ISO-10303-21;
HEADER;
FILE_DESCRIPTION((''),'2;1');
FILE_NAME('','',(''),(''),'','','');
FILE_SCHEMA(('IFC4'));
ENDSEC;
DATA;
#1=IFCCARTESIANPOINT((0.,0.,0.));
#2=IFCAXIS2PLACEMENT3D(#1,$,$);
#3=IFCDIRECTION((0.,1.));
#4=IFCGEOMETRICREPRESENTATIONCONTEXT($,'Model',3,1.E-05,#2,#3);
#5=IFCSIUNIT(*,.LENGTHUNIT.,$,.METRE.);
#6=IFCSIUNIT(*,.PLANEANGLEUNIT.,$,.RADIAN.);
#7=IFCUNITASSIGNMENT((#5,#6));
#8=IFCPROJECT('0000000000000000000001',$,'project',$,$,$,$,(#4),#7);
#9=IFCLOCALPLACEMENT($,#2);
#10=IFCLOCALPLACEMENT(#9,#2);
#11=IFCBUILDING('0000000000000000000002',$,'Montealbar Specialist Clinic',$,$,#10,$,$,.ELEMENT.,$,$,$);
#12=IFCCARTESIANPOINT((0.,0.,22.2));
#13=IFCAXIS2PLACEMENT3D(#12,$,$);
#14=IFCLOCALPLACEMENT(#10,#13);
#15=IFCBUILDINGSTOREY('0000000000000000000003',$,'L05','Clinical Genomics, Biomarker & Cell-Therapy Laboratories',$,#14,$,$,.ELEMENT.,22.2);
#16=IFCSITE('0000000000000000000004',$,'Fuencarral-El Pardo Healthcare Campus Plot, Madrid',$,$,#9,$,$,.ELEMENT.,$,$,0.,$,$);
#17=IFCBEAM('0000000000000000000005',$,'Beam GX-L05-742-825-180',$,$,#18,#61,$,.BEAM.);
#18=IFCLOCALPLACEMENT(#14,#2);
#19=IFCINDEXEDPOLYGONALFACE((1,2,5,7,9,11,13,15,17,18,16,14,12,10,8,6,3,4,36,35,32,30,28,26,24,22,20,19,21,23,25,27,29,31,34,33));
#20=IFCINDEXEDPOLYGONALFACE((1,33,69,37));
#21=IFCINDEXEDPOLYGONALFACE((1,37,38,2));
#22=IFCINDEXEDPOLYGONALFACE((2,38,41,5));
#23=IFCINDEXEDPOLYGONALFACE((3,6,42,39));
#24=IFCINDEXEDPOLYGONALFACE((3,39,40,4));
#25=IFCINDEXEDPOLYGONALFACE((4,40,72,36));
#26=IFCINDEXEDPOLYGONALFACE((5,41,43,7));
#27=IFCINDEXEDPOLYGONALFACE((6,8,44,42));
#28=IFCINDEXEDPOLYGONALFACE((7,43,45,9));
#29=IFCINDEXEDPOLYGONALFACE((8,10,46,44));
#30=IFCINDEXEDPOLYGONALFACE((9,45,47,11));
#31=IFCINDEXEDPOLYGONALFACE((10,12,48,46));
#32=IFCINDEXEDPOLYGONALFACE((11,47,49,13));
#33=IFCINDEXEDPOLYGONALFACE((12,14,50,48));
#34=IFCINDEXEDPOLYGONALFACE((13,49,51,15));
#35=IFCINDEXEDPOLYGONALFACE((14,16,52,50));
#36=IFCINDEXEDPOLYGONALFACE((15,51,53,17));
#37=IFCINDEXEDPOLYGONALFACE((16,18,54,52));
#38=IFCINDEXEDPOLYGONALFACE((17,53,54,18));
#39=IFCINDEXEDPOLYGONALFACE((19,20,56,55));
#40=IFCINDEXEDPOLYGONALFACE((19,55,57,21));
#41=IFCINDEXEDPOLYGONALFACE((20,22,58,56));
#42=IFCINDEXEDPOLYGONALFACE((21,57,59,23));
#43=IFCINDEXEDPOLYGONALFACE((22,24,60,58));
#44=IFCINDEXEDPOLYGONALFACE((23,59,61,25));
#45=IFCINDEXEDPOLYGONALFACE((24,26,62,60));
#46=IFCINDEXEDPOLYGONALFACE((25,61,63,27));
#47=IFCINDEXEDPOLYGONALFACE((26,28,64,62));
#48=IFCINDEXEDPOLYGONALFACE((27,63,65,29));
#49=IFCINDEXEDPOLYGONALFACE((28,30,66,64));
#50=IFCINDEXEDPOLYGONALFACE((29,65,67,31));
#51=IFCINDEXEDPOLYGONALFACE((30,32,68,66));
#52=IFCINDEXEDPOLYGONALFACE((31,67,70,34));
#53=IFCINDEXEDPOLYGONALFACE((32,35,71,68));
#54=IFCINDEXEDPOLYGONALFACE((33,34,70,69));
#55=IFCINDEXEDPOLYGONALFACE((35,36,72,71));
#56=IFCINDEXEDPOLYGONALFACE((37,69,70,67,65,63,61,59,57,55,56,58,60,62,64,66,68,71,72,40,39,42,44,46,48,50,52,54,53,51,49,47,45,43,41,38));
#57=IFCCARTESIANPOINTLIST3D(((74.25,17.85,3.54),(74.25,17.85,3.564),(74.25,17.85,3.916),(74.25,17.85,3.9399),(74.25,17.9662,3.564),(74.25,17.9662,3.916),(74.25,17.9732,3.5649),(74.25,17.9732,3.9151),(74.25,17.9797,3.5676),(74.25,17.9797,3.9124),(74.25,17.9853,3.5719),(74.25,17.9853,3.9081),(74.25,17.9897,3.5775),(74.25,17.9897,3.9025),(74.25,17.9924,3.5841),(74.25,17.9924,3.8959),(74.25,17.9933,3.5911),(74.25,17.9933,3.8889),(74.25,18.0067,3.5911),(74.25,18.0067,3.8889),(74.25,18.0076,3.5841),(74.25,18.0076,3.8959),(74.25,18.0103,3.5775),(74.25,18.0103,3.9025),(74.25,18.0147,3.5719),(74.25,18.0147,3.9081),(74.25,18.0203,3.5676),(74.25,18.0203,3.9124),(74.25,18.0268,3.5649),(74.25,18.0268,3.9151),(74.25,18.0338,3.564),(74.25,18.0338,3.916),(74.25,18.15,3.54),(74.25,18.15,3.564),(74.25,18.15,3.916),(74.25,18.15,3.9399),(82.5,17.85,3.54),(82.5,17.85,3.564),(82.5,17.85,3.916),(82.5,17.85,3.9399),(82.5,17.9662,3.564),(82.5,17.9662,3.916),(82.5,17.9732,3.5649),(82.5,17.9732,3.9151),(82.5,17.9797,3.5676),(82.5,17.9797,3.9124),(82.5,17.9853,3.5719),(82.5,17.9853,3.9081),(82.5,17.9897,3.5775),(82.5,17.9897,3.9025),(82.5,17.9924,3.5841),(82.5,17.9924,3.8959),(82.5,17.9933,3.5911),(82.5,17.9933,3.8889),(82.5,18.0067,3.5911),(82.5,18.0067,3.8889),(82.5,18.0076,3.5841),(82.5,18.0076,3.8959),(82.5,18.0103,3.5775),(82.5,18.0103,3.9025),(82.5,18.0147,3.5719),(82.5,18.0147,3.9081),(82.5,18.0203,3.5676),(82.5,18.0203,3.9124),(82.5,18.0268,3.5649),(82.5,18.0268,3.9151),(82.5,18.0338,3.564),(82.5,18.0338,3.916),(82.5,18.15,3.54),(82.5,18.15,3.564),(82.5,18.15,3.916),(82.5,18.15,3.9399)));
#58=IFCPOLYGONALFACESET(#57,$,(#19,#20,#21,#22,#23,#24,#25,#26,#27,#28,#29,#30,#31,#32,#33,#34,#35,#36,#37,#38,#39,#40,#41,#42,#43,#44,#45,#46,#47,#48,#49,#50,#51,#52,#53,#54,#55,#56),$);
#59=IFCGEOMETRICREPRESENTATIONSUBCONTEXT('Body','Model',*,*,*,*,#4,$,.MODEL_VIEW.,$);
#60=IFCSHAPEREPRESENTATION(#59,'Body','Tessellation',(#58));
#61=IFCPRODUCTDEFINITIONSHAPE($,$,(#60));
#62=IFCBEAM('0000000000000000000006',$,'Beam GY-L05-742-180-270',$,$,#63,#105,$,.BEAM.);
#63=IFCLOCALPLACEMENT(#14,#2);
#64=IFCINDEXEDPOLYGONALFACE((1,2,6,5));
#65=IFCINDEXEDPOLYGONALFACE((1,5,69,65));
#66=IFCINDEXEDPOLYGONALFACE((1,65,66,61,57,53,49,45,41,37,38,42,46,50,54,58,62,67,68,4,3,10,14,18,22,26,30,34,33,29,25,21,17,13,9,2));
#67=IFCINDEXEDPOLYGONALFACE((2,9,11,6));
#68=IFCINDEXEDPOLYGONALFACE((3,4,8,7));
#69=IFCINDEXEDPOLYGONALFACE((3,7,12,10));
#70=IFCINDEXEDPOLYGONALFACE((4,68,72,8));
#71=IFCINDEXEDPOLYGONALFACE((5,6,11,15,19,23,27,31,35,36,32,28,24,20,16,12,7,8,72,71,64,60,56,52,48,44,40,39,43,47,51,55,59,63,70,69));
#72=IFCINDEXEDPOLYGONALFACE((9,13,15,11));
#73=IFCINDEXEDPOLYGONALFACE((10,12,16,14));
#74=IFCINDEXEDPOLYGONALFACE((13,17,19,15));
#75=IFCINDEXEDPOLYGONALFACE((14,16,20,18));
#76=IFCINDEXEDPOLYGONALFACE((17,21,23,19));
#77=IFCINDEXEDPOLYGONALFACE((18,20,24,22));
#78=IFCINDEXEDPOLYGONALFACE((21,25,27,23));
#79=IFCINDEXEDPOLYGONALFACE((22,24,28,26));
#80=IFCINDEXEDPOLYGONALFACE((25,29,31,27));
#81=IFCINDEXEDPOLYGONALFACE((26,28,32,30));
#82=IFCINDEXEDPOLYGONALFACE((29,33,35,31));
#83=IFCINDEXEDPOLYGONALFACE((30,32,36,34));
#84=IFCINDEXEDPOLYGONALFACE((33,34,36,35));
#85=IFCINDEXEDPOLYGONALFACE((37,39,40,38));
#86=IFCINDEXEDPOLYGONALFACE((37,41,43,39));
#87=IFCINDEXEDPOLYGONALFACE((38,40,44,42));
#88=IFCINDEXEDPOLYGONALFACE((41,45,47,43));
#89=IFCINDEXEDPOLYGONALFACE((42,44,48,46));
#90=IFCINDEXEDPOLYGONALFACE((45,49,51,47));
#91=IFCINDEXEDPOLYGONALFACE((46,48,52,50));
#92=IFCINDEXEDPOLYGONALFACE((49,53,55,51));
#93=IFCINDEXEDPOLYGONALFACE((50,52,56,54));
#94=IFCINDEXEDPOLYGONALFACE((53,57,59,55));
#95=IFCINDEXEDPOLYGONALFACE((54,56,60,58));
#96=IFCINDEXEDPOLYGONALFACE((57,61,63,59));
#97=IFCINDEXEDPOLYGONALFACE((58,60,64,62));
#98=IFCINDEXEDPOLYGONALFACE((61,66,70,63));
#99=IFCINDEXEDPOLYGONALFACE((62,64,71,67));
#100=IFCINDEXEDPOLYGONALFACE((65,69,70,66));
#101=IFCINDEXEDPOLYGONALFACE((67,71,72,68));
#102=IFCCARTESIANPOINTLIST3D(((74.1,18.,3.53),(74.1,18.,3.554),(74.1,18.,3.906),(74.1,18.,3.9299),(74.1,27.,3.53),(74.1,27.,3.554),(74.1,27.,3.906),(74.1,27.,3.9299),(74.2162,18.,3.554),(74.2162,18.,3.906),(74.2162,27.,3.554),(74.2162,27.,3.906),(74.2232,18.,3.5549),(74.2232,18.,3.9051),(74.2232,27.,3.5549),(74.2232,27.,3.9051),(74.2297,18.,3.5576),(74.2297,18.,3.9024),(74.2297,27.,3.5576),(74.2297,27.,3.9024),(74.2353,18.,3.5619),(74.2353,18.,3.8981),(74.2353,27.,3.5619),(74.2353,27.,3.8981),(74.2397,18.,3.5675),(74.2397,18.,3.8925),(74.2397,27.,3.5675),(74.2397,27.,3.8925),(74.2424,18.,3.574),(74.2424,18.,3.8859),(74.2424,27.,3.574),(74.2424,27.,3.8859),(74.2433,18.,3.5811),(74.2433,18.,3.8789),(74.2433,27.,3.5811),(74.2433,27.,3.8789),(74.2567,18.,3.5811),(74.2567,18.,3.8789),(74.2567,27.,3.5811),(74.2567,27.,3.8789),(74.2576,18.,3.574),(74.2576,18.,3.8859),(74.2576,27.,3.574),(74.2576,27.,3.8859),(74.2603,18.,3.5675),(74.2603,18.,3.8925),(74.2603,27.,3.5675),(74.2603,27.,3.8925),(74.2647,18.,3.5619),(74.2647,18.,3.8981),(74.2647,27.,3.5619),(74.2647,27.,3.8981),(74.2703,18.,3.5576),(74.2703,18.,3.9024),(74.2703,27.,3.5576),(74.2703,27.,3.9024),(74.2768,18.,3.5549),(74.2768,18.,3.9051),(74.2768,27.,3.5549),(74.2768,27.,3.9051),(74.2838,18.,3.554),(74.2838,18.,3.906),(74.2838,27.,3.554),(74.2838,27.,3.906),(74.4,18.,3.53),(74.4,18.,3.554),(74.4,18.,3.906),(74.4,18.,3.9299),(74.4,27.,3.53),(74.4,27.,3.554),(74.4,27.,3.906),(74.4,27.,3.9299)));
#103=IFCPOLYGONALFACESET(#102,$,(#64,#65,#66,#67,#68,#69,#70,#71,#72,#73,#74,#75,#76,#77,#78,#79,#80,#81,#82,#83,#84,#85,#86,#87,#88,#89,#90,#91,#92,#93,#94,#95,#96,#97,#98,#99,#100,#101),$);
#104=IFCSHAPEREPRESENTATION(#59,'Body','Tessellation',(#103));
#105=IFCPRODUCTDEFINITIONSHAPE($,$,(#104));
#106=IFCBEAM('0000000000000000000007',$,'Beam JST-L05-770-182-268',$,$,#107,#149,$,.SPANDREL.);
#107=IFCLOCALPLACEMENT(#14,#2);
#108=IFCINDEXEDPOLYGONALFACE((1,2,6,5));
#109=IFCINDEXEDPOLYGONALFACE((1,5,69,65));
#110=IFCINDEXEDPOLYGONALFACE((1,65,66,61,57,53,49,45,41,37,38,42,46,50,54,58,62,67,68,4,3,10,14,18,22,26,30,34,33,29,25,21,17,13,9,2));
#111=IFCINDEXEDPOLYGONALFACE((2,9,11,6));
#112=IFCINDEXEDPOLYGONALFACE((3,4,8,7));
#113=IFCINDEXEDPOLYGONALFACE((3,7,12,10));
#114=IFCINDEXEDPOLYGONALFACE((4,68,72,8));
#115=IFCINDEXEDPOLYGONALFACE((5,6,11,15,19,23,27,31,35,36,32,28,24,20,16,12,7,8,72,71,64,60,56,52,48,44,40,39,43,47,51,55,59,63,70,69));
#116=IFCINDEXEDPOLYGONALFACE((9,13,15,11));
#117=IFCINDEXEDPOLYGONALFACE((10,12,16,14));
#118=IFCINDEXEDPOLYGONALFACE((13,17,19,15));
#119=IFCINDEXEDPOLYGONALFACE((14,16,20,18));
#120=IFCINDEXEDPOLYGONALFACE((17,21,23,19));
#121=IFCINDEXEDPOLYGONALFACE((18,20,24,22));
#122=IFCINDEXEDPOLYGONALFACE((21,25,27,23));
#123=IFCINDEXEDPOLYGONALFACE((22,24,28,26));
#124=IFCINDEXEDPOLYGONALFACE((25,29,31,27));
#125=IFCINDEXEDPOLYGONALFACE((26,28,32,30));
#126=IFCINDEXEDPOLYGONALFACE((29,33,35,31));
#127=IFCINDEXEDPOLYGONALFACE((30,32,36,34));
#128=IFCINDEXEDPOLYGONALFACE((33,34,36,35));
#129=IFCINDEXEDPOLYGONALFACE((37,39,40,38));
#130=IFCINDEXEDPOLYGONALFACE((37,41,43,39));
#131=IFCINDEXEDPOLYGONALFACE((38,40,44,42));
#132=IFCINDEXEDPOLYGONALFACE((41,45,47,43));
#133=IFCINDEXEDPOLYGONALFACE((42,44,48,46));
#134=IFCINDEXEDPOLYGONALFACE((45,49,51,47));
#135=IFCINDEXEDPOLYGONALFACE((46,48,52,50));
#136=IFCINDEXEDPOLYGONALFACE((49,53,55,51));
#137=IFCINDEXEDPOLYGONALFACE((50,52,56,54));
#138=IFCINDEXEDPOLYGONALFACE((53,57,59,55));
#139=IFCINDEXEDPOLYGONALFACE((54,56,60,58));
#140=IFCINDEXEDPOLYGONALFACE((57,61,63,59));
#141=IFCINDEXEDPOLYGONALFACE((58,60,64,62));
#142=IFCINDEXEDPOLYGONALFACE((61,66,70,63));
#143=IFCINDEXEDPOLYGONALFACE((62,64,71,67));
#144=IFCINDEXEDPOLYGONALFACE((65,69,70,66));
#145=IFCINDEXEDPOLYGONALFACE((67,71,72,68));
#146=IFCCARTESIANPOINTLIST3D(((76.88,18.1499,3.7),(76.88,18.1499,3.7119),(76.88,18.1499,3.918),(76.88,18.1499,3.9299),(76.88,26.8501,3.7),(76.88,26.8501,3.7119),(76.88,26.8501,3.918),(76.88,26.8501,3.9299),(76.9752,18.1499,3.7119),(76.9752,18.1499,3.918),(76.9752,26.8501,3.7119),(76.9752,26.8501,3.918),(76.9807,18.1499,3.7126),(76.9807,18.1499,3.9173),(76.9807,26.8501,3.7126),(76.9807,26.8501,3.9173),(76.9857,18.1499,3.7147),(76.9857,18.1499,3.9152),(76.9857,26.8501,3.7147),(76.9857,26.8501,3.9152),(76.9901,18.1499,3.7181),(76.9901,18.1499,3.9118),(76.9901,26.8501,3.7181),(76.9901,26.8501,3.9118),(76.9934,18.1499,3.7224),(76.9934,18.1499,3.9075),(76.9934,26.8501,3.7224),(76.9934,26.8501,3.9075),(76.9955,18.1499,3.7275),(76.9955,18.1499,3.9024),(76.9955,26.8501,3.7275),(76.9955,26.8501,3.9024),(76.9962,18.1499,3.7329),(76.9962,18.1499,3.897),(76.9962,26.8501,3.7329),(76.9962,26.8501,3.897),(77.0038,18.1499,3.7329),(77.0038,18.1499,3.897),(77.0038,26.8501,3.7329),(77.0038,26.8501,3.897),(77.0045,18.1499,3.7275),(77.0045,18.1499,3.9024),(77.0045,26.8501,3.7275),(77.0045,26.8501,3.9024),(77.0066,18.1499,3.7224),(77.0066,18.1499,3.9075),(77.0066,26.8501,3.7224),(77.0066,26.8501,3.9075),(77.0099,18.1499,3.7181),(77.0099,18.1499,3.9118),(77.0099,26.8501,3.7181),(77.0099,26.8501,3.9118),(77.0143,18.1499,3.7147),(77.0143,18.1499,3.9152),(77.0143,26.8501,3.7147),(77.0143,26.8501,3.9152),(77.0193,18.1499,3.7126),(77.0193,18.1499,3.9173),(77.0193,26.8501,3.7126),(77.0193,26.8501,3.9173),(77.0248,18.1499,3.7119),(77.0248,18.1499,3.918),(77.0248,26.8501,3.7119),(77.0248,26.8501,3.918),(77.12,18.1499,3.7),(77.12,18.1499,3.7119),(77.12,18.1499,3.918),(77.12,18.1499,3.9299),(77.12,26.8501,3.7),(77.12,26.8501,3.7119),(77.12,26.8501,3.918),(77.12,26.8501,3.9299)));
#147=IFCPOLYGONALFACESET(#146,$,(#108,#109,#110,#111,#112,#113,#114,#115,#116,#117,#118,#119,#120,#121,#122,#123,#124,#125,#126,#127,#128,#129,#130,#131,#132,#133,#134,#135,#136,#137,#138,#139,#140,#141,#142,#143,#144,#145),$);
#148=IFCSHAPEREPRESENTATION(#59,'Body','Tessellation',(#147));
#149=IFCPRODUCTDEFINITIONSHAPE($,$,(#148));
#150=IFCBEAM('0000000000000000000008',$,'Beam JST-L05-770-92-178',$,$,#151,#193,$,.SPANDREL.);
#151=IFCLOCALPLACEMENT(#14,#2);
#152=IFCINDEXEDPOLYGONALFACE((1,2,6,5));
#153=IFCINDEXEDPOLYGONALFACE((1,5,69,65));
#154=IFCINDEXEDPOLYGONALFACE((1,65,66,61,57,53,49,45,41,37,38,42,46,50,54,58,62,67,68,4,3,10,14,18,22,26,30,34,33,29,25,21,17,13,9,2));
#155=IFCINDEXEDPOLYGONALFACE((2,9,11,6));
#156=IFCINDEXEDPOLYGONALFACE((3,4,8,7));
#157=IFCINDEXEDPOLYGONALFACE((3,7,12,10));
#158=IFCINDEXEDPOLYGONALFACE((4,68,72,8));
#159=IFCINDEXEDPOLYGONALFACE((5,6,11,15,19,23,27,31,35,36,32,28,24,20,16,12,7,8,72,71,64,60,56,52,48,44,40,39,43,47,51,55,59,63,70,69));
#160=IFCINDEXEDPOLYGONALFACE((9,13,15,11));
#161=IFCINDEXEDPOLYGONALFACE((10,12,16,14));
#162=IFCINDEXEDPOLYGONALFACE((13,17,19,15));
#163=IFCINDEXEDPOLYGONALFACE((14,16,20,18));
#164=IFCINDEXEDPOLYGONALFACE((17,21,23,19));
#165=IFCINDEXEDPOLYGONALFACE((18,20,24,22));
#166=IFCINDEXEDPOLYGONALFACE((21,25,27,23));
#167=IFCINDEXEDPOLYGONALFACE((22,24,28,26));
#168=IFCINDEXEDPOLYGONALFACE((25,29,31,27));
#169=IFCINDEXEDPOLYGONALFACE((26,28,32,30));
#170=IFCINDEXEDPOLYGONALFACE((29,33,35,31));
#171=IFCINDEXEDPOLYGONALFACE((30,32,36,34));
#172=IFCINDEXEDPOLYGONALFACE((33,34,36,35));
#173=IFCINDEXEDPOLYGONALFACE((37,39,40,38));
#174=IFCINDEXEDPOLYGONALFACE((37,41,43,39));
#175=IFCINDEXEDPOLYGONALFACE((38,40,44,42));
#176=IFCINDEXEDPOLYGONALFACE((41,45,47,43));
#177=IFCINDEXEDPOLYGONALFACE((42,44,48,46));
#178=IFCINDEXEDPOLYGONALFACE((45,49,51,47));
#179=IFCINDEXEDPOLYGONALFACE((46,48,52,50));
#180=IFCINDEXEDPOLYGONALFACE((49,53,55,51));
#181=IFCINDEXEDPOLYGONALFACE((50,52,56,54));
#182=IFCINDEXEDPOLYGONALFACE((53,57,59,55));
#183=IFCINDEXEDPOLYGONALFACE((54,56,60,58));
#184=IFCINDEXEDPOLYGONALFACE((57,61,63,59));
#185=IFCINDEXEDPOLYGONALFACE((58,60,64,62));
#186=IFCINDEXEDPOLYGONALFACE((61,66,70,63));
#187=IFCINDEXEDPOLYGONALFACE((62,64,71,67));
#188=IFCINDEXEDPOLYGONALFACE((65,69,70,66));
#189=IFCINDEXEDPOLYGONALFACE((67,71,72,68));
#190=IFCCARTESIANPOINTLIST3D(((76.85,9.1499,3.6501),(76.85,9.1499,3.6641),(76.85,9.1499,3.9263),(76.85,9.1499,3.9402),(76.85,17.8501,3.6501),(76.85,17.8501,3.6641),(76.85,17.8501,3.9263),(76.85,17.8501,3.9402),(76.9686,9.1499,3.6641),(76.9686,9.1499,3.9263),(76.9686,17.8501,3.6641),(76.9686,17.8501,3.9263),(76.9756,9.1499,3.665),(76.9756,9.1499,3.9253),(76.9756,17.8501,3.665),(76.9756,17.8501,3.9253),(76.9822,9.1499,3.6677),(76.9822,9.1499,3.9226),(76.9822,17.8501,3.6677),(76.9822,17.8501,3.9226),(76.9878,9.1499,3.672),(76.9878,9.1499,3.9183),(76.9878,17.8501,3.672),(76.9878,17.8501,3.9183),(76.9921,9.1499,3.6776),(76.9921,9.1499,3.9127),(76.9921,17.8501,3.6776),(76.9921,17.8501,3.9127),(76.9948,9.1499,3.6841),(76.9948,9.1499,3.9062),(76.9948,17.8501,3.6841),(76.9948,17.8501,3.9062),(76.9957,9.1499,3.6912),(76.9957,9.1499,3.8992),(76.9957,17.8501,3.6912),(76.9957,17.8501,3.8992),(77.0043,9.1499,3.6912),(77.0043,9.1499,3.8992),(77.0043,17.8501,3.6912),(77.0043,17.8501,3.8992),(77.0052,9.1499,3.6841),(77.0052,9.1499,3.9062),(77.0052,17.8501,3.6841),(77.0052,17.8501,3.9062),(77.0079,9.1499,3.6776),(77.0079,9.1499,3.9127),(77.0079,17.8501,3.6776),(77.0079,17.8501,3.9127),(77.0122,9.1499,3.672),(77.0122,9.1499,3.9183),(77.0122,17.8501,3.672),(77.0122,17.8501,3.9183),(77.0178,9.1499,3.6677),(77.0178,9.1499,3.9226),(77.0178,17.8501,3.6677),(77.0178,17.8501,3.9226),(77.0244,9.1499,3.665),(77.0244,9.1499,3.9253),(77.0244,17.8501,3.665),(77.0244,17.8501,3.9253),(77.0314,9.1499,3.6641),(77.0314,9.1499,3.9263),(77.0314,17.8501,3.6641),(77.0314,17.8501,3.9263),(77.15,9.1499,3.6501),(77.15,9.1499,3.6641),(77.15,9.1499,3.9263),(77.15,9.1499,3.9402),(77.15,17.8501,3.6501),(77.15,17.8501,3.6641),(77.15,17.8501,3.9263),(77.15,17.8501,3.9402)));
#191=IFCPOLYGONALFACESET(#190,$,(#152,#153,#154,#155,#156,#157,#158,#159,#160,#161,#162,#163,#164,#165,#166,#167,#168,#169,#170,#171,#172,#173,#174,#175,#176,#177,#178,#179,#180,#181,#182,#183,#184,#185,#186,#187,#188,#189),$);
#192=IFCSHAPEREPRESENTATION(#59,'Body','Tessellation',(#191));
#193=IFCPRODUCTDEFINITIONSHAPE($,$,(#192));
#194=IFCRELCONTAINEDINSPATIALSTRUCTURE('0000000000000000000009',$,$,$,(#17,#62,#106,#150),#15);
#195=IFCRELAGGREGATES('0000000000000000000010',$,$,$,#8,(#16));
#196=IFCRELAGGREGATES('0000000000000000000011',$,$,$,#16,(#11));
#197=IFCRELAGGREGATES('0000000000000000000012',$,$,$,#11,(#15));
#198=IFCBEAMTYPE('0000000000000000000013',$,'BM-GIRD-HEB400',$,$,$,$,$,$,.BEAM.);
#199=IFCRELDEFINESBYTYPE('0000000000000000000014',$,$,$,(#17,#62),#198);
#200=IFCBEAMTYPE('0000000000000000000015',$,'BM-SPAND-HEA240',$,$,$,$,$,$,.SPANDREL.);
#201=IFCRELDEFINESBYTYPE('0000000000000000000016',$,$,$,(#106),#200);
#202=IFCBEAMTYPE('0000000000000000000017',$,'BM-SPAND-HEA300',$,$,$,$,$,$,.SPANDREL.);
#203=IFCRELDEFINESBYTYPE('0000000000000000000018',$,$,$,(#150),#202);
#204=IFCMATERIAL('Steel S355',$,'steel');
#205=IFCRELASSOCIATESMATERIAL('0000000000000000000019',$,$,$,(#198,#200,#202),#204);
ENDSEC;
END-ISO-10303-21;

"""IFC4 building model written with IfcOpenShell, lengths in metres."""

from ifc_helpers import new_model, si_unit, direction, frame, origin, origin_2d, place, context, subcontext, project, spatial, i_section, extrude, material, material_profile, profile_set, type_object, element, save


model = new_model("IFC4")

# Units and contexts
model_context = context("Model", 3, precision=1e-05, world=origin(), true_north=direction((0.0, 1.0)))
body_context = subcontext(model_context, "Body", "Model", "MODEL_VIEW")
ifc_project = project(units=[si_unit("LENGTHUNIT", "METRE"), si_unit("PLANEANGLEUNIT", "RADIAN")], contexts=[model_context])

# Site, building, storey
site_placement = place(None, origin())
site = spatial("IfcSite", under=ifc_project, at=site_placement, Name="Fuencarral-El Pardo Healthcare Campus Plot, Madrid", CompositionType="ELEMENT", RefElevation=0.0)
building_placement = place(site_placement, origin())
building = spatial("IfcBuilding", under=site, at=building_placement, Name="Montealbar Specialist Clinic", CompositionType="ELEMENT")
storey_placement = place(building_placement, frame((0.0, 0.0, 22.2)))
storey = spatial("IfcBuildingStorey", under=building, at=storey_placement, Name="L05", Description="Clinical Genomics, Biomarker & Cell-Therapy Laboratories", CompositionType="ELEMENT", Elevation=22.2)

# Beams
ifc_material_1 = material(Name="Steel S355", Category="steel")
ifc_material_profile_1 = material_profile(ifc_material_1, i_section(OverallWidth=0.3, OverallDepth=0.3999, WebThickness=0.0134, FlangeThickness=0.0239, FilletRadius=0.0271, at=origin_2d()), Name="HEB 400", Category="steel")
ifc_profile_set_1 = profile_set([ifc_material_profile_1], Name="Steel S355")
beam_type_1 = type_object("IfcBeamType", Name="BM-GIRD-HEB400", PredefinedType="BEAM", material=ifc_profile_set_1)
beam_1_placement = place(storey_placement, frame((74.25, 18.0, 3.74), z_axis=(1.0, 0.0, 0.0), x_axis=(0.0, 1.0, 0.0)))
element("IfcBeam", 1, at=beam_1_placement, inside=storey, type_object=beam_type_1, Name="Beam GX-L05-742-825-180", PredefinedType="BEAM", context=body_context, shape_type="SweptSolid", body=[
    extrude(i_section(OverallWidth=0.3, OverallDepth=0.3999, WebThickness=0.0134, FlangeThickness=0.0239, FilletRadius=0.0271, at=origin_2d()), origin(), (0.0, 0.0, 1.0), 8.25),
])
beam_2_placement = place(storey_placement, frame((74.25, 18.0, 3.73), z_axis=(0.0, 1.0, 0.0), x_axis=(-1.0, 0.0, 0.0)))
element("IfcBeam", 2, at=beam_2_placement, inside=storey, type_object=beam_type_1, Name="Beam GY-L05-742-180-270", PredefinedType="BEAM", context=body_context, shape_type="SweptSolid", body=[
    extrude(i_section(OverallWidth=0.3, OverallDepth=0.3999, WebThickness=0.0134, FlangeThickness=0.0239, FilletRadius=0.0271, at=origin_2d()), origin(), (0.0, 0.0, 1.0), 9.0),
])
ifc_material_profile_2 = material_profile(ifc_material_1, i_section(OverallWidth=0.24, OverallDepth=0.23, WebThickness=0.0076, FlangeThickness=0.012, FilletRadius=0.021, at=origin_2d()), Name="HEA 240", Category="steel")
ifc_profile_set_2 = profile_set([ifc_material_profile_2], Name="Steel S355")
beam_type_2 = type_object("IfcBeamType", Name="BM-SPAND-HEA240", PredefinedType="SPANDREL", material=ifc_profile_set_2)
beam_3_placement = place(storey_placement, frame((77.0, 18.1499, 3.8149), z_axis=(0.0, 1.0, 0.0), x_axis=(-1.0, 0.0, 0.0)))
element("IfcBeam", 3, at=beam_3_placement, inside=storey, type_object=beam_type_2, Name="Beam JST-L05-770-182-268", PredefinedType="SPANDREL", context=body_context, shape_type="SweptSolid", body=[
    extrude(i_section(OverallWidth=0.24, OverallDepth=0.23, WebThickness=0.0076, FlangeThickness=0.012, FilletRadius=0.021, at=origin_2d()), origin(), (0.0, 0.0, 1.0), 8.7002),
])
ifc_material_profile_3 = material_profile(ifc_material_1, i_section(OverallWidth=0.3, OverallDepth=0.29, WebThickness=0.0085, FlangeThickness=0.0139, FilletRadius=0.0271, at=origin_2d()), Name="HEA 300", Category="steel")
ifc_profile_set_3 = profile_set([ifc_material_profile_3], Name="Steel S355")
beam_type_3 = type_object("IfcBeamType", Name="BM-SPAND-HEA300", PredefinedType="SPANDREL", material=ifc_profile_set_3)
beam_4_placement = place(storey_placement, frame((77.0, 9.1499, 3.7952), z_axis=(0.0, 1.0, 0.0), x_axis=(-1.0, 0.0, 0.0)))
element("IfcBeam", 4, at=beam_4_placement, inside=storey, type_object=beam_type_3, Name="Beam JST-L05-770-92-178", PredefinedType="SPANDREL", context=body_context, shape_type="SweptSolid", body=[
    extrude(i_section(OverallWidth=0.3, OverallDepth=0.29, WebThickness=0.0085, FlangeThickness=0.0139, FilletRadius=0.0271, at=origin_2d()), origin(), (0.0, 0.0, 1.0), 8.7002),
])

save(model, "model.ifc")
